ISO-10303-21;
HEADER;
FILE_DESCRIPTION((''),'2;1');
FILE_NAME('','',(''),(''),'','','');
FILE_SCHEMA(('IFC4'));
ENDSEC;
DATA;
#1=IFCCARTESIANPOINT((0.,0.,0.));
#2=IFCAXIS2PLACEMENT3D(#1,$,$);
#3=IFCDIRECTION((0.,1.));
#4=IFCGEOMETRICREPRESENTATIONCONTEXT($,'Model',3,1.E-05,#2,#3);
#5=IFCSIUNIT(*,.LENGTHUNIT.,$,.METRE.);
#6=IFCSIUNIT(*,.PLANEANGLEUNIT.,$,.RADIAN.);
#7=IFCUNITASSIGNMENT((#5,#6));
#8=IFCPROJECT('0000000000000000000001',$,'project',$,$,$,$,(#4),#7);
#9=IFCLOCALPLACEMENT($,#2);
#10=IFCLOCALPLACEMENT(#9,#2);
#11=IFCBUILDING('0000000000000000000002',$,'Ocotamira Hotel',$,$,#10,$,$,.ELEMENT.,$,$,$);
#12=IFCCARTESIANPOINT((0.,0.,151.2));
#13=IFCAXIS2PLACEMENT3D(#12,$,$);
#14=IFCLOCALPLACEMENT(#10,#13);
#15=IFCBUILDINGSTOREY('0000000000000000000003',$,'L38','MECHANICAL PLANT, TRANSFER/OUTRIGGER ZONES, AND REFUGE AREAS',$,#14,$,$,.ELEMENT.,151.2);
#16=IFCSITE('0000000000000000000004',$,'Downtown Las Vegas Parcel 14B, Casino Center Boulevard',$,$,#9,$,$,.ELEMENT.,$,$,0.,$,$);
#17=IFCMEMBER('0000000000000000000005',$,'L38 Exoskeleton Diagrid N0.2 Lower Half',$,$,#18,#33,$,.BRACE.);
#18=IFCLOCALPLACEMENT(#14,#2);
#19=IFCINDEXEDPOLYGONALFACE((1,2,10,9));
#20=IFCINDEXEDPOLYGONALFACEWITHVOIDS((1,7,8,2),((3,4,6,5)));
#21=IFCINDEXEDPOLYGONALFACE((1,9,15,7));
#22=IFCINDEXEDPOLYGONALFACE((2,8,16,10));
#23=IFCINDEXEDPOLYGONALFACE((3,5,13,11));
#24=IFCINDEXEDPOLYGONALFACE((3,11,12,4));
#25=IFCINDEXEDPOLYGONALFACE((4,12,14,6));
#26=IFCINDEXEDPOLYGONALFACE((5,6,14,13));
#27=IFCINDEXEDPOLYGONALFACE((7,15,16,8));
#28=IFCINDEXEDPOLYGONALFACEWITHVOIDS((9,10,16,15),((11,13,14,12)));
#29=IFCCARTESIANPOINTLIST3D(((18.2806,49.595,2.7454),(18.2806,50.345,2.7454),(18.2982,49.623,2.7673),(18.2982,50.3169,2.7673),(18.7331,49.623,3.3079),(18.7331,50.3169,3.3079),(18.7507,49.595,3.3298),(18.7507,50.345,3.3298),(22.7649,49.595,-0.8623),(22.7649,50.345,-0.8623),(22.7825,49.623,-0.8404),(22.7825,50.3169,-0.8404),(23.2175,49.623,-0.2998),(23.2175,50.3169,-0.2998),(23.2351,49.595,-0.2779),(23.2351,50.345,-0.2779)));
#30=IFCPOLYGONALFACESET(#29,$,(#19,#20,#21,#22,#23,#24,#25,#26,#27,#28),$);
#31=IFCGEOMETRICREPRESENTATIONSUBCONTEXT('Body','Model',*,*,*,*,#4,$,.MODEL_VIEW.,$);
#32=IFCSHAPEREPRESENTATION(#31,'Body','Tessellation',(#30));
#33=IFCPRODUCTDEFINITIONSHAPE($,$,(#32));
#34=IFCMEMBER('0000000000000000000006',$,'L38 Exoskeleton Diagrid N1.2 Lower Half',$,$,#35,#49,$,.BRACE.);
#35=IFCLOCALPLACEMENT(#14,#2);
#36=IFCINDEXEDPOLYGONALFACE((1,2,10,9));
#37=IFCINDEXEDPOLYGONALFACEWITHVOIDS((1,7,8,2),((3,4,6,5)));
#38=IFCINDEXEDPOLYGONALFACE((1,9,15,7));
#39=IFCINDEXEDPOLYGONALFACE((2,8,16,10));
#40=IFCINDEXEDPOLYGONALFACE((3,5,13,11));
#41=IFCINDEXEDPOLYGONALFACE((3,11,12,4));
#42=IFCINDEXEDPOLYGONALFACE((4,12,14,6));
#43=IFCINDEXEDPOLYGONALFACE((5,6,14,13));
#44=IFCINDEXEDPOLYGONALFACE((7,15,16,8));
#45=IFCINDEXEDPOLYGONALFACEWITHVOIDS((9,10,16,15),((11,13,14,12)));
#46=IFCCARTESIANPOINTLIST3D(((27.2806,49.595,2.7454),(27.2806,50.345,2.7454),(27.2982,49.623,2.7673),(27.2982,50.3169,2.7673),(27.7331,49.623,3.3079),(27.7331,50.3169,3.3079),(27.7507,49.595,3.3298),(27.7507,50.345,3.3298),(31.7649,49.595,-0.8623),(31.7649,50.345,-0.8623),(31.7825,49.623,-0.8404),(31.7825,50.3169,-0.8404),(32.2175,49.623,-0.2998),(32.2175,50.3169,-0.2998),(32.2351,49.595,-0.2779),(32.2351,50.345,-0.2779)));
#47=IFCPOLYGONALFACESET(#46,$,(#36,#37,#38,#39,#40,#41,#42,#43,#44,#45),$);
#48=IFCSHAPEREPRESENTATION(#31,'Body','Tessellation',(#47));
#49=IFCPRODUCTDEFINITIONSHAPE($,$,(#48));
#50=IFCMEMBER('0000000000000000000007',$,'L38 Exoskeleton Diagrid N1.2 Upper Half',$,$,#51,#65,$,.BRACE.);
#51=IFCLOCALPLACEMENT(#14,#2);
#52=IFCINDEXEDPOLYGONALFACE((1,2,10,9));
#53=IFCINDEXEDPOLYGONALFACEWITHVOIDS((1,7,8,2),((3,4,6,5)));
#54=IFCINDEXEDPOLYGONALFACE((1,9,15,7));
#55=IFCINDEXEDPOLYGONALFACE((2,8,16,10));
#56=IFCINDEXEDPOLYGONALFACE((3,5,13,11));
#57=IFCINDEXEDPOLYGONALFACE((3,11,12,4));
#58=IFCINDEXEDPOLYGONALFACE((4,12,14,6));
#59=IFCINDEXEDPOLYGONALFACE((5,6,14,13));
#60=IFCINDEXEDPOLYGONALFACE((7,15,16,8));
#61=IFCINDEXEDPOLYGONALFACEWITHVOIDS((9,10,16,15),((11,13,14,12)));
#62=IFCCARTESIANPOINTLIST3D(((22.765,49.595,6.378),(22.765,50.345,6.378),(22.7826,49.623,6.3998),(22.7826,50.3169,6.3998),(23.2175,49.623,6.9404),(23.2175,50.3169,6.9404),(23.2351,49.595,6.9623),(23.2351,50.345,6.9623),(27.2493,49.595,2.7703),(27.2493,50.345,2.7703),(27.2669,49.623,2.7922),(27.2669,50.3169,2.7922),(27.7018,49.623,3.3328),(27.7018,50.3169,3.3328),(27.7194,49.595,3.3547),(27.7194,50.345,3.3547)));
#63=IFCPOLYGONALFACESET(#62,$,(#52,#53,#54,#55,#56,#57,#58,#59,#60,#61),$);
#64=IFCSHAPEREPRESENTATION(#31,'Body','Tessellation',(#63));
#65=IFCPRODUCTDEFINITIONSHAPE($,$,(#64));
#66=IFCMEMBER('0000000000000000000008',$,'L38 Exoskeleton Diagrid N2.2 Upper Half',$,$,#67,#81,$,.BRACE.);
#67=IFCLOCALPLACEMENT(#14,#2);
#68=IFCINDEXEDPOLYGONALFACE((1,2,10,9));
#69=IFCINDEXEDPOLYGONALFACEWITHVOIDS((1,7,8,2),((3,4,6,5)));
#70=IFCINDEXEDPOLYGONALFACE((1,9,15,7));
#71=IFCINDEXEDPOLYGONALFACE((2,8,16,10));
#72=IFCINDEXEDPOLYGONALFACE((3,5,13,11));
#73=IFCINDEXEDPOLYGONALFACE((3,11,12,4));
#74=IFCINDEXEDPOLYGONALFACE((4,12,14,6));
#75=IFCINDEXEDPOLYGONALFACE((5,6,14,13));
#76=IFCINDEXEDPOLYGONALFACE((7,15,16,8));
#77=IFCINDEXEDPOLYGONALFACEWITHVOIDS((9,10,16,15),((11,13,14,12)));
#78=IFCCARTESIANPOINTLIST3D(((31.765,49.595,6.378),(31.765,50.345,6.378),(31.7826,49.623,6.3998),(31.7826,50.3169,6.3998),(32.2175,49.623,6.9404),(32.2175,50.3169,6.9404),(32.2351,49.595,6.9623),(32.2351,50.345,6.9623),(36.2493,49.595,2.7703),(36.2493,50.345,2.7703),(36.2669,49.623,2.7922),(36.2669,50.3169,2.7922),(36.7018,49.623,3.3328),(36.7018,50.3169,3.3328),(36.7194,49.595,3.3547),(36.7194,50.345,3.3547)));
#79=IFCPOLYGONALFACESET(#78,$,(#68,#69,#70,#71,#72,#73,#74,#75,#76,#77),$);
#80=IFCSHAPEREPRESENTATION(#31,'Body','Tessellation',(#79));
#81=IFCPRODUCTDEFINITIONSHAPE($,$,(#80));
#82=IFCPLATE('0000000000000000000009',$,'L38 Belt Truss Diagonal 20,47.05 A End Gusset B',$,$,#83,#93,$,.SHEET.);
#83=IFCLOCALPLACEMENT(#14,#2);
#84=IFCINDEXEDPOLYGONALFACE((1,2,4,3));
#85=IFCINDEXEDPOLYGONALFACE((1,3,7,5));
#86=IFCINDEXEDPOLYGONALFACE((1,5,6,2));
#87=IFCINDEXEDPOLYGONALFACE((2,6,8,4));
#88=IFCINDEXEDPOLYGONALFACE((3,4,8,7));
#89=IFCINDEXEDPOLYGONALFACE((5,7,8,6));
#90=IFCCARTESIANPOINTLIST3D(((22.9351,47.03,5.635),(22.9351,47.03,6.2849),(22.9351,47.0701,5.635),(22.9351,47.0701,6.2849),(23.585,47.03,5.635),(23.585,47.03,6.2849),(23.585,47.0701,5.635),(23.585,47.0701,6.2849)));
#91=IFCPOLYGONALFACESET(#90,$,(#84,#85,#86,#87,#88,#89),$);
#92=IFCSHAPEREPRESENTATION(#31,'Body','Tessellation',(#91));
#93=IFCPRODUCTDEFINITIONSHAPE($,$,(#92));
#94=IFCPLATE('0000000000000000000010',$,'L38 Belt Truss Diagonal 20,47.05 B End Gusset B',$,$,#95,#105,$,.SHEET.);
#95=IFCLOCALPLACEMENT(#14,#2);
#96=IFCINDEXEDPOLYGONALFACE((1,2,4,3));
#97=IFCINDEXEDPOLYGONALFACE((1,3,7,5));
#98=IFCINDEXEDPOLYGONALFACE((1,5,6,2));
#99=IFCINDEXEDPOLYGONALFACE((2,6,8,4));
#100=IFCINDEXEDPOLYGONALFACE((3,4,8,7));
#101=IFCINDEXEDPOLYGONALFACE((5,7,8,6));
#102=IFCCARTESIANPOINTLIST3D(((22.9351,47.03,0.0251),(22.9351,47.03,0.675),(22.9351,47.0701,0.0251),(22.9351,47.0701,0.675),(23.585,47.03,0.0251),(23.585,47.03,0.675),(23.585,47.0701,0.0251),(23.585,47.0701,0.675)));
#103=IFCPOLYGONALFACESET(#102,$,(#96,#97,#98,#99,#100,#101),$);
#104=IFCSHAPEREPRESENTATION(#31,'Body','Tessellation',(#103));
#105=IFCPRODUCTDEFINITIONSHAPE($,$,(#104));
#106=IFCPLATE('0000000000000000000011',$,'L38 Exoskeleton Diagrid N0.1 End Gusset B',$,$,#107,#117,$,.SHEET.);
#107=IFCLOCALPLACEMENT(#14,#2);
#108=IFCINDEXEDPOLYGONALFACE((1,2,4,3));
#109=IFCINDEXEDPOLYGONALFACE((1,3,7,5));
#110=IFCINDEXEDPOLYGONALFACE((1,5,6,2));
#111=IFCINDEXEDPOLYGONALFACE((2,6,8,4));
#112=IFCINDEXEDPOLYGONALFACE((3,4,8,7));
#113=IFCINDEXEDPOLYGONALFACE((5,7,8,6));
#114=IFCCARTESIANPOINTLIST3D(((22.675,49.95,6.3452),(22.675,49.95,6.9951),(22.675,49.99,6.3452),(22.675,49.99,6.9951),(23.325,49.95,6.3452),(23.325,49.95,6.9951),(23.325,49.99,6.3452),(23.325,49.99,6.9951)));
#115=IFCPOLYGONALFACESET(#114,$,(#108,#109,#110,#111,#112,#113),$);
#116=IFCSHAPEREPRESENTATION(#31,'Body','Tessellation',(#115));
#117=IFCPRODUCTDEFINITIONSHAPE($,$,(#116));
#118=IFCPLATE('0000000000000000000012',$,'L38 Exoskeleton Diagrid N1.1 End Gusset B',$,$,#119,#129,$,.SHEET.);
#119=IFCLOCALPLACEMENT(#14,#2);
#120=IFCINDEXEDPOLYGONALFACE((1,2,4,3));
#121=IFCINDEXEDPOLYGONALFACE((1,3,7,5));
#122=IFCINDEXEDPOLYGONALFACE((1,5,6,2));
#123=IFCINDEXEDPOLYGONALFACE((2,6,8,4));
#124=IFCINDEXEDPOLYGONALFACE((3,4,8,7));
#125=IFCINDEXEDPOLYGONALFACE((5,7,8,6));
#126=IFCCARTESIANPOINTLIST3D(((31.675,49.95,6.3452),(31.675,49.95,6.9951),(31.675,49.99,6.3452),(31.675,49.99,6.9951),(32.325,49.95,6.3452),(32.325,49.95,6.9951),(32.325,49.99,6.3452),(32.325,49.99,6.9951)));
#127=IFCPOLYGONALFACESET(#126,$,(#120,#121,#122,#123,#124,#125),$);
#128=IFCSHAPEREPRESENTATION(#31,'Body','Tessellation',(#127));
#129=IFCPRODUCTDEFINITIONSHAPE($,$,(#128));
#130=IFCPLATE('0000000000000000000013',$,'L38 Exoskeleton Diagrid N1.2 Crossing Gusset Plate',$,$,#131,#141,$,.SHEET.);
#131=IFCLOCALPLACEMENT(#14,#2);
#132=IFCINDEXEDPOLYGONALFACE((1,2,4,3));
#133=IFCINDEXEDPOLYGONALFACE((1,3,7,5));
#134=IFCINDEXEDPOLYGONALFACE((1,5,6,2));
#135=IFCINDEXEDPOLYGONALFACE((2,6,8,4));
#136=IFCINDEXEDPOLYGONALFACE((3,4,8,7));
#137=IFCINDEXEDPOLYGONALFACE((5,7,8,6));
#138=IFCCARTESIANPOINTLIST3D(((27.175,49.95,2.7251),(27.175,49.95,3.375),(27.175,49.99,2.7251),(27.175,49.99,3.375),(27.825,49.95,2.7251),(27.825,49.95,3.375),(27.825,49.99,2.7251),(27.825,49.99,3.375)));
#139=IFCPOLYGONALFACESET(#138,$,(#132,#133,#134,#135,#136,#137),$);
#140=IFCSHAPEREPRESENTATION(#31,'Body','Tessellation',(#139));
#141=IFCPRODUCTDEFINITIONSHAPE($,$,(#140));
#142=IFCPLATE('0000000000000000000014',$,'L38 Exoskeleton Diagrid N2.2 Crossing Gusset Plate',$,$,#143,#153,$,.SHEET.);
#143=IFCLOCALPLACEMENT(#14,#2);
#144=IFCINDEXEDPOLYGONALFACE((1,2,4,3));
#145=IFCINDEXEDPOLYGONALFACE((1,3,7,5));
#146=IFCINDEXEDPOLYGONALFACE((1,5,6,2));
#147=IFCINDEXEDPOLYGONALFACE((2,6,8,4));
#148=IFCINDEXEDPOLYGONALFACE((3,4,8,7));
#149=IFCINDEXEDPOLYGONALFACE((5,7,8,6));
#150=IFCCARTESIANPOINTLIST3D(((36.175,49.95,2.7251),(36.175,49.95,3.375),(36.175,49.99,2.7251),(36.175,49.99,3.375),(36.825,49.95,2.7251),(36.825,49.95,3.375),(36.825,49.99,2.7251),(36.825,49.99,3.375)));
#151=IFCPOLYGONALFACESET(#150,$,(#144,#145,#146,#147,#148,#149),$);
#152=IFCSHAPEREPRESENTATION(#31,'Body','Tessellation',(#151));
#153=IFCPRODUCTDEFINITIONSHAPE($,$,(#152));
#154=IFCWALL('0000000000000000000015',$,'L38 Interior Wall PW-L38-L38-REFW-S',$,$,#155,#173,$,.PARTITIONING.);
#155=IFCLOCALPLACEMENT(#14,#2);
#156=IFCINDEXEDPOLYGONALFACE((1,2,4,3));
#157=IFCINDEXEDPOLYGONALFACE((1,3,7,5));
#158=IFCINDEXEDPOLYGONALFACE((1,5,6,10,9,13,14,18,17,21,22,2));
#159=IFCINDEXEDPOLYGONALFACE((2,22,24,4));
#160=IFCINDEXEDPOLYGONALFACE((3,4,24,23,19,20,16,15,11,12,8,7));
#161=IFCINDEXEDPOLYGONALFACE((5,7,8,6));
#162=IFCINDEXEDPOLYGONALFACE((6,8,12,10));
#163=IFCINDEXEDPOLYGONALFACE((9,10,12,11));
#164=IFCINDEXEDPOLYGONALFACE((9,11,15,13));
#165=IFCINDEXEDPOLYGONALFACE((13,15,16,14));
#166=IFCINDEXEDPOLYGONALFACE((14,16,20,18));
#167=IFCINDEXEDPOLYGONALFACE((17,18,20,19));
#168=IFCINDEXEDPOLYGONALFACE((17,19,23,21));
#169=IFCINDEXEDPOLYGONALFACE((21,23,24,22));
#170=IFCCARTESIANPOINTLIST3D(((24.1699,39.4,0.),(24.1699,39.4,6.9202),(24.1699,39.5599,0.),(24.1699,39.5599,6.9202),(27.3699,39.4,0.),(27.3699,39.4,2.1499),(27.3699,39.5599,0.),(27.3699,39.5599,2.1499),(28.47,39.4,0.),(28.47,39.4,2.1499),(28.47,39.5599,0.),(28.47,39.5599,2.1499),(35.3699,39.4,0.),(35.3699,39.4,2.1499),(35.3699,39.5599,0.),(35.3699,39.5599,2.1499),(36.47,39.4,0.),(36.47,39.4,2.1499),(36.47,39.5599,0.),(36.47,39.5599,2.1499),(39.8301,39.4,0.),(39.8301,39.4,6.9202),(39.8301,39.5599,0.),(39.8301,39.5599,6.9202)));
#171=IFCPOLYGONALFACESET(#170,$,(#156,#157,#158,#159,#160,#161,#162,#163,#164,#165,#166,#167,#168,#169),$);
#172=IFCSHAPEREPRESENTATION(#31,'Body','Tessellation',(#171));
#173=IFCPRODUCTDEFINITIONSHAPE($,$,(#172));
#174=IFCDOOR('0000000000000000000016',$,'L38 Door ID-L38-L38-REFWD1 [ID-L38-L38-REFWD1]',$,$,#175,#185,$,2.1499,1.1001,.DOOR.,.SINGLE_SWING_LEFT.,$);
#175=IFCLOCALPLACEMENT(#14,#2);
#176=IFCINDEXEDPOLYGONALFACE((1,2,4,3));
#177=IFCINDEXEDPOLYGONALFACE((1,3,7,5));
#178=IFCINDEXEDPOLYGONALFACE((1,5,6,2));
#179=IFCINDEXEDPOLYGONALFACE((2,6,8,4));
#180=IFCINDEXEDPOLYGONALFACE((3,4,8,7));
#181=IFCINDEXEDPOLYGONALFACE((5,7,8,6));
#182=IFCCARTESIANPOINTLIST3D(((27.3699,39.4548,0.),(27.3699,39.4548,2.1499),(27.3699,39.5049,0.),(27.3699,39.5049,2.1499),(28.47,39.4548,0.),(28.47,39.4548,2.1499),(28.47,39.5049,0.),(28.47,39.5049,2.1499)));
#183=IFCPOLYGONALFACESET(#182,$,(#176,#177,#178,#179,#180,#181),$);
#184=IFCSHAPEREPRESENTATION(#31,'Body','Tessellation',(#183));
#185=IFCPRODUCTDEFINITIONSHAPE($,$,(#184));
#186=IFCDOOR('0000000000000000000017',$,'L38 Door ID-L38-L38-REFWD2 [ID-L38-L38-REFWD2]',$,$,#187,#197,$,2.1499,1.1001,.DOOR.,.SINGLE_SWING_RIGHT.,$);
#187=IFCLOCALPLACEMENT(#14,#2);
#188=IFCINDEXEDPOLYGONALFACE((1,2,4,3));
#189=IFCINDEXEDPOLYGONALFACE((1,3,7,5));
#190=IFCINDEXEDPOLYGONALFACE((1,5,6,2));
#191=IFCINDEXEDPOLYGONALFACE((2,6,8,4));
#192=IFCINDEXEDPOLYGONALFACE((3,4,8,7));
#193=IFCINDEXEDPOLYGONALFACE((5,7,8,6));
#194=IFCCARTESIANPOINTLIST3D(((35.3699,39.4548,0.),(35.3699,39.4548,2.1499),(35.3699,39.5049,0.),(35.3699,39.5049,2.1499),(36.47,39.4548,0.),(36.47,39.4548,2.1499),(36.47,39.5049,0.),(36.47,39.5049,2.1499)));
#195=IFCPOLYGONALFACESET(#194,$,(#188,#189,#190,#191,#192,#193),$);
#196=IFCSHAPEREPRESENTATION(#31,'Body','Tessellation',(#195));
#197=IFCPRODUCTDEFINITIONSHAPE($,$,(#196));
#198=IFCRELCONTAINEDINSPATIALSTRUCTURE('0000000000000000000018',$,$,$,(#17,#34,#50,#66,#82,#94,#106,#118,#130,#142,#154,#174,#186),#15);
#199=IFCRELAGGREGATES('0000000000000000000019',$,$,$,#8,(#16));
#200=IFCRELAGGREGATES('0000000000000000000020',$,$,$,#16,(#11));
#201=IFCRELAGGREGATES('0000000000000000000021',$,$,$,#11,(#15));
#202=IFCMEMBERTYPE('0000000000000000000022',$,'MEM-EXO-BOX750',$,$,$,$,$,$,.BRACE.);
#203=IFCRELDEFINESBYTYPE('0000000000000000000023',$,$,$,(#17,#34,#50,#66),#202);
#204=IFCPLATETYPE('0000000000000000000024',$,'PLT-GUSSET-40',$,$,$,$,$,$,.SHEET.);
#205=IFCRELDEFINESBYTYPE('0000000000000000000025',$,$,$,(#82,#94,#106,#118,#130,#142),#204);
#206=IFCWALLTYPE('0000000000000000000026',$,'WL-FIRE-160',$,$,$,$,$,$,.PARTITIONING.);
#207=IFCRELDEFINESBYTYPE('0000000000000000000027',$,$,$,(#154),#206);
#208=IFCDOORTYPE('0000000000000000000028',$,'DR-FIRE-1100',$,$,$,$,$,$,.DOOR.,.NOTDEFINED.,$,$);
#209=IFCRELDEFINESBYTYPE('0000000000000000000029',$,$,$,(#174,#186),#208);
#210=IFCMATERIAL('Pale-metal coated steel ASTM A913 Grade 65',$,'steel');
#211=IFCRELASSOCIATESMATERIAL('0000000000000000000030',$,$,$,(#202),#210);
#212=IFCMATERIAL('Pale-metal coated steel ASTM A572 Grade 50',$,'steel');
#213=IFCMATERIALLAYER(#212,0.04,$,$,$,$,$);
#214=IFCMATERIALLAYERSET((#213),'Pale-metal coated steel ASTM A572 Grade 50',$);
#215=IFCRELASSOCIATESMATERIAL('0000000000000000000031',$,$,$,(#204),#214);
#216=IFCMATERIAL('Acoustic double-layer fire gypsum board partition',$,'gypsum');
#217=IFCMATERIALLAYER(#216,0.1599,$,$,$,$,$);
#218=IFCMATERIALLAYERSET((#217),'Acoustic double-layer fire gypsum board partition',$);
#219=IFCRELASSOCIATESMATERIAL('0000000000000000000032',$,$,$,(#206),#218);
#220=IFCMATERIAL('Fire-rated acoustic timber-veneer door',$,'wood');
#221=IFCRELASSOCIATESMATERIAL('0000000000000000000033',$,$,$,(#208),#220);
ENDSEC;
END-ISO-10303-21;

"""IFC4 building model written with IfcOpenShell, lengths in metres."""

from ifc_helpers import new_model, si_unit, direction, frame, frame_2d, origin, origin_2d, place, context, subcontext, project, spatial, rectangle, hollow_rectangle, extrude, source, transform, mapped, material, layer, layer_set, material_profile, profile_set, type_object, element, fill, save


model = new_model("IFC4")

# Units and contexts
model_context = context("Model", 3, precision=1e-05, world=origin(), true_north=direction((0.0, 1.0)))
body_context = subcontext(model_context, "Body", "Model", "MODEL_VIEW")
ifc_project = project(units=[si_unit("LENGTHUNIT", "METRE"), si_unit("PLANEANGLEUNIT", "RADIAN")], contexts=[model_context])

# Site, building, storey
site_placement = place(None, origin())
site = spatial("IfcSite", under=ifc_project, at=site_placement, Name="Downtown Las Vegas Parcel 14B, Casino Center Boulevard", CompositionType="ELEMENT", RefElevation=0.0)
building_placement = place(site_placement, origin())
building = spatial("IfcBuilding", under=site, at=building_placement, Name="Ocotamira Hotel", CompositionType="ELEMENT")
storey_placement = place(building_placement, frame((0.0, 0.0, 151.2)))
storey = spatial("IfcBuildingStorey", under=building, at=storey_placement, Name="L38", Description="MECHANICAL PLANT, TRANSFER/OUTRIGGER ZONES, AND REFUGE AREAS", CompositionType="ELEMENT", Elevation=151.2)

# Members
ifc_material_1 = material(Name="Pale-metal coated steel ASTM A913 Grade 65", Category="steel")
ifc_material_profile_1 = material_profile(ifc_material_1, hollow_rectangle(XDim=0.75, YDim=0.75, WallThickness=0.0281, at=origin_2d()), Name="BOX750X750X28")
ifc_profile_set_1 = profile_set([ifc_material_profile_1], Name="Pale-metal coated steel ASTM A913 Grade 65")
member_type = type_object("IfcMemberType", Name="MEM-EXO-BOX750", PredefinedType="BRACE", material=ifc_profile_set_1)
shared_shape_1 = source(origin(), body_context, "Body", "SweptSolid", [
    extrude(hollow_rectangle(XDim=0.75, YDim=0.75, WallThickness=0.0281, at=origin_2d()), origin(), (0.0, 0.0, 1.0), 5.7554),
])
for number, where, z_axis, x_axis, name in (
    (1, (23.0, 49.97, -0.5701), (-0.779157, 0.0, 0.626829), (0.0, -1.0, 0.0), "L38 Exoskeleton Diagrid N0.2 Lower Half"),
    (2, (32.0, 49.97, -0.5701), (-0.779157, 0.0, 0.626829), (0.0, -1.0, 0.0), "L38 Exoskeleton Diagrid N1.2 Lower Half"),
    (3, (27.4844, 49.97, 3.0625), (-0.779157, 0.0, 0.626829), (0.0, -1.0, 0.0), "L38 Exoskeleton Diagrid N1.2 Upper Half"),
    (4, (36.4844, 49.97, 3.0625), (-0.779157, 0.0, 0.626829), (0.0, -1.0, 0.0), "L38 Exoskeleton Diagrid N2.2 Upper Half"),
):
    element("IfcMember", number, at=place(storey_placement, frame(where, z_axis=z_axis, x_axis=x_axis)), inside=storey, type_object=member_type, Name=name, PredefinedType="BRACE", context=body_context, shape_type="MappedRepresentation", body=[
        mapped(shared_shape_1, transform((0.0, 0.0, 0.0), scale=1.0)),
    ])

# Plates
ifc_material_2 = material(Name="Pale-metal coated steel ASTM A572 Grade 50", Category="steel")
ifc_layer_1 = layer(ifc_material_2, 0.04)
ifc_layer_set_1 = layer_set([ifc_layer_1], Name="Pale-metal coated steel ASTM A572 Grade 50")
plate_type = type_object("IfcPlateType", Name="PLT-GUSSET-40", PredefinedType="SHEET", material=ifc_layer_set_1)
shared_shape_2 = source(origin(), body_context, "Body", "SweptSolid", [
    extrude(rectangle(XDim=0.6499, YDim=0.04, at=origin_2d()), origin(), (0.0, 0.0, 1.0), 0.6499),
])
for number, where, z_axis, x_axis, name in (
    (5, (23.26, 47.05, 5.635), (0.0, 0.0, 1.0), (1.0, 0.0, 0.0), "L38 Belt Truss Diagonal 20,47.05 A End Gusset B"),
    (6, (23.26, 47.05, 0.0251), (0.0, 0.0, 1.0), (1.0, 0.0, 0.0), "L38 Belt Truss Diagonal 20,47.05 B End Gusset B"),
    (7, (23.0, 49.97, 6.3452), (0.0, 0.0, 1.0), (1.0, 0.0, 0.0), "L38 Exoskeleton Diagrid N0.1 End Gusset B"),
    (8, (32.0, 49.97, 6.3452), (0.0, 0.0, 1.0), (1.0, 0.0, 0.0), "L38 Exoskeleton Diagrid N1.1 End Gusset B"),
    (9, (27.5, 49.97, 2.7251), (0.0, 0.0, 1.0), (-1.0, 0.0, 0.0), "L38 Exoskeleton Diagrid N1.2 Crossing Gusset Plate"),
    (10, (36.5, 49.97, 2.7251), (0.0, 0.0, 1.0), (-1.0, 0.0, 0.0), "L38 Exoskeleton Diagrid N2.2 Crossing Gusset Plate"),
):
    element("IfcPlate", number, at=place(storey_placement, frame(where, z_axis=z_axis, x_axis=x_axis)), inside=storey, type_object=plate_type, Name=name, PredefinedType="SHEET", context=body_context, shape_type="MappedRepresentation", body=[
        mapped(shared_shape_2, transform((0.0, 0.0, 0.0), scale=1.0)),
    ])

# Wall, openings, doors
ifc_material_3 = material(Name="Acoustic double-layer fire gypsum board partition", Category="gypsum")
ifc_layer_2 = layer(ifc_material_3, 0.1599)
ifc_layer_set_2 = layer_set([ifc_layer_2], Name="Acoustic double-layer fire gypsum board partition")
wall_type = type_object("IfcWallType", Name="WL-FIRE-160", PredefinedType="PARTITIONING", material=ifc_layer_set_2)
wall_1_placement = place(storey_placement, frame((24.1699, 39.48, 0.0), z_axis=(0.0, 0.0, 1.0), x_axis=(1.0, 0.0, 0.0)))
wall_1 = element("IfcWall", 11, at=wall_1_placement, inside=storey, type_object=wall_type, Name="L38 Interior Wall PW-L38-L38-REFW-S", PredefinedType="PARTITIONING", context=body_context, shape_type="SweptSolid", body=[
    extrude(rectangle(XDim=15.6602, YDim=0.1599, at=frame_2d((7.8301, 0.0))), origin(), (0.0, 0.0, 1.0), 6.9202),
])
opening_1_placement = place(wall_1_placement, frame((3.2, 0.0, 0.0)))
opening_1 = element("IfcOpeningElement", 12, at=opening_1_placement, cuts=wall_1, PredefinedType="OPENING", context=body_context, shape_type="SweptSolid", body=[
    extrude(rectangle(XDim=1.1001, YDim=2.1499, at=frame_2d((0.55, 1.075))), frame((0.0, 0.0898, 0.0), z_axis=(0.0, -1.0, 0.0), x_axis=(1.0, 0.0, 0.0)), (0.0, 0.0, 1.0), 0.1799),
])
opening_2_placement = place(wall_1_placement, frame((11.2, 0.0, 0.0)))
opening_2 = element("IfcOpeningElement", 13, at=opening_2_placement, cuts=wall_1, PredefinedType="OPENING", context=body_context, shape_type="SweptSolid", body=[
    extrude(rectangle(XDim=1.1001, YDim=2.1499, at=frame_2d((0.55, 1.075))), frame((0.0, 0.0898, 0.0), z_axis=(0.0, -1.0, 0.0), x_axis=(1.0, 0.0, 0.0)), (0.0, 0.0, 1.0), 0.1799),
])
ifc_material_4 = material(Name="Fire-rated acoustic timber-veneer door", Category="wood")
door_type = type_object("IfcDoorType", Name="DR-FIRE-1100", OperationType="NOTDEFINED", PredefinedType="DOOR", material=ifc_material_4)
shared_shape_3 = source(origin(), body_context, "Body", "SweptSolid", [
    extrude(rectangle(XDim=1.1001, YDim=2.1499, at=frame_2d((0.55, 1.075))), frame((0.0, 0.0249, 0.0), z_axis=(0.0, -1.0, 0.0), x_axis=(1.0, 0.0, 0.0)), (0.0, 0.0, 1.0), 0.05),
])
door_1_placement = place(opening_1_placement, origin())
door_1 = element("IfcDoor", 14, at=door_1_placement, inside=storey, type_object=door_type, Name="L38 Door ID-L38-L38-REFWD1 [ID-L38-L38-REFWD1]", OperationType="SINGLE_SWING_LEFT", OverallHeight=2.1499, OverallWidth=1.1001, PredefinedType="DOOR", context=body_context, shape_type="MappedRepresentation", body=[
    mapped(shared_shape_3, transform((0.0, 0.0, 0.0), scale=1.0)),
])
fill(opening_1, door_1)
door_2_placement = place(opening_2_placement, origin())
door_2 = element("IfcDoor", 15, at=door_2_placement, inside=storey, type_object=door_type, Name="L38 Door ID-L38-L38-REFWD2 [ID-L38-L38-REFWD2]", OperationType="SINGLE_SWING_RIGHT", OverallHeight=2.1499, OverallWidth=1.1001, PredefinedType="DOOR", context=body_context, shape_type="MappedRepresentation", body=[
    mapped(shared_shape_3, transform((0.0, 0.0, 0.0), scale=1.0)),
])
fill(opening_2, door_2)

save(model, "model.ifc")
